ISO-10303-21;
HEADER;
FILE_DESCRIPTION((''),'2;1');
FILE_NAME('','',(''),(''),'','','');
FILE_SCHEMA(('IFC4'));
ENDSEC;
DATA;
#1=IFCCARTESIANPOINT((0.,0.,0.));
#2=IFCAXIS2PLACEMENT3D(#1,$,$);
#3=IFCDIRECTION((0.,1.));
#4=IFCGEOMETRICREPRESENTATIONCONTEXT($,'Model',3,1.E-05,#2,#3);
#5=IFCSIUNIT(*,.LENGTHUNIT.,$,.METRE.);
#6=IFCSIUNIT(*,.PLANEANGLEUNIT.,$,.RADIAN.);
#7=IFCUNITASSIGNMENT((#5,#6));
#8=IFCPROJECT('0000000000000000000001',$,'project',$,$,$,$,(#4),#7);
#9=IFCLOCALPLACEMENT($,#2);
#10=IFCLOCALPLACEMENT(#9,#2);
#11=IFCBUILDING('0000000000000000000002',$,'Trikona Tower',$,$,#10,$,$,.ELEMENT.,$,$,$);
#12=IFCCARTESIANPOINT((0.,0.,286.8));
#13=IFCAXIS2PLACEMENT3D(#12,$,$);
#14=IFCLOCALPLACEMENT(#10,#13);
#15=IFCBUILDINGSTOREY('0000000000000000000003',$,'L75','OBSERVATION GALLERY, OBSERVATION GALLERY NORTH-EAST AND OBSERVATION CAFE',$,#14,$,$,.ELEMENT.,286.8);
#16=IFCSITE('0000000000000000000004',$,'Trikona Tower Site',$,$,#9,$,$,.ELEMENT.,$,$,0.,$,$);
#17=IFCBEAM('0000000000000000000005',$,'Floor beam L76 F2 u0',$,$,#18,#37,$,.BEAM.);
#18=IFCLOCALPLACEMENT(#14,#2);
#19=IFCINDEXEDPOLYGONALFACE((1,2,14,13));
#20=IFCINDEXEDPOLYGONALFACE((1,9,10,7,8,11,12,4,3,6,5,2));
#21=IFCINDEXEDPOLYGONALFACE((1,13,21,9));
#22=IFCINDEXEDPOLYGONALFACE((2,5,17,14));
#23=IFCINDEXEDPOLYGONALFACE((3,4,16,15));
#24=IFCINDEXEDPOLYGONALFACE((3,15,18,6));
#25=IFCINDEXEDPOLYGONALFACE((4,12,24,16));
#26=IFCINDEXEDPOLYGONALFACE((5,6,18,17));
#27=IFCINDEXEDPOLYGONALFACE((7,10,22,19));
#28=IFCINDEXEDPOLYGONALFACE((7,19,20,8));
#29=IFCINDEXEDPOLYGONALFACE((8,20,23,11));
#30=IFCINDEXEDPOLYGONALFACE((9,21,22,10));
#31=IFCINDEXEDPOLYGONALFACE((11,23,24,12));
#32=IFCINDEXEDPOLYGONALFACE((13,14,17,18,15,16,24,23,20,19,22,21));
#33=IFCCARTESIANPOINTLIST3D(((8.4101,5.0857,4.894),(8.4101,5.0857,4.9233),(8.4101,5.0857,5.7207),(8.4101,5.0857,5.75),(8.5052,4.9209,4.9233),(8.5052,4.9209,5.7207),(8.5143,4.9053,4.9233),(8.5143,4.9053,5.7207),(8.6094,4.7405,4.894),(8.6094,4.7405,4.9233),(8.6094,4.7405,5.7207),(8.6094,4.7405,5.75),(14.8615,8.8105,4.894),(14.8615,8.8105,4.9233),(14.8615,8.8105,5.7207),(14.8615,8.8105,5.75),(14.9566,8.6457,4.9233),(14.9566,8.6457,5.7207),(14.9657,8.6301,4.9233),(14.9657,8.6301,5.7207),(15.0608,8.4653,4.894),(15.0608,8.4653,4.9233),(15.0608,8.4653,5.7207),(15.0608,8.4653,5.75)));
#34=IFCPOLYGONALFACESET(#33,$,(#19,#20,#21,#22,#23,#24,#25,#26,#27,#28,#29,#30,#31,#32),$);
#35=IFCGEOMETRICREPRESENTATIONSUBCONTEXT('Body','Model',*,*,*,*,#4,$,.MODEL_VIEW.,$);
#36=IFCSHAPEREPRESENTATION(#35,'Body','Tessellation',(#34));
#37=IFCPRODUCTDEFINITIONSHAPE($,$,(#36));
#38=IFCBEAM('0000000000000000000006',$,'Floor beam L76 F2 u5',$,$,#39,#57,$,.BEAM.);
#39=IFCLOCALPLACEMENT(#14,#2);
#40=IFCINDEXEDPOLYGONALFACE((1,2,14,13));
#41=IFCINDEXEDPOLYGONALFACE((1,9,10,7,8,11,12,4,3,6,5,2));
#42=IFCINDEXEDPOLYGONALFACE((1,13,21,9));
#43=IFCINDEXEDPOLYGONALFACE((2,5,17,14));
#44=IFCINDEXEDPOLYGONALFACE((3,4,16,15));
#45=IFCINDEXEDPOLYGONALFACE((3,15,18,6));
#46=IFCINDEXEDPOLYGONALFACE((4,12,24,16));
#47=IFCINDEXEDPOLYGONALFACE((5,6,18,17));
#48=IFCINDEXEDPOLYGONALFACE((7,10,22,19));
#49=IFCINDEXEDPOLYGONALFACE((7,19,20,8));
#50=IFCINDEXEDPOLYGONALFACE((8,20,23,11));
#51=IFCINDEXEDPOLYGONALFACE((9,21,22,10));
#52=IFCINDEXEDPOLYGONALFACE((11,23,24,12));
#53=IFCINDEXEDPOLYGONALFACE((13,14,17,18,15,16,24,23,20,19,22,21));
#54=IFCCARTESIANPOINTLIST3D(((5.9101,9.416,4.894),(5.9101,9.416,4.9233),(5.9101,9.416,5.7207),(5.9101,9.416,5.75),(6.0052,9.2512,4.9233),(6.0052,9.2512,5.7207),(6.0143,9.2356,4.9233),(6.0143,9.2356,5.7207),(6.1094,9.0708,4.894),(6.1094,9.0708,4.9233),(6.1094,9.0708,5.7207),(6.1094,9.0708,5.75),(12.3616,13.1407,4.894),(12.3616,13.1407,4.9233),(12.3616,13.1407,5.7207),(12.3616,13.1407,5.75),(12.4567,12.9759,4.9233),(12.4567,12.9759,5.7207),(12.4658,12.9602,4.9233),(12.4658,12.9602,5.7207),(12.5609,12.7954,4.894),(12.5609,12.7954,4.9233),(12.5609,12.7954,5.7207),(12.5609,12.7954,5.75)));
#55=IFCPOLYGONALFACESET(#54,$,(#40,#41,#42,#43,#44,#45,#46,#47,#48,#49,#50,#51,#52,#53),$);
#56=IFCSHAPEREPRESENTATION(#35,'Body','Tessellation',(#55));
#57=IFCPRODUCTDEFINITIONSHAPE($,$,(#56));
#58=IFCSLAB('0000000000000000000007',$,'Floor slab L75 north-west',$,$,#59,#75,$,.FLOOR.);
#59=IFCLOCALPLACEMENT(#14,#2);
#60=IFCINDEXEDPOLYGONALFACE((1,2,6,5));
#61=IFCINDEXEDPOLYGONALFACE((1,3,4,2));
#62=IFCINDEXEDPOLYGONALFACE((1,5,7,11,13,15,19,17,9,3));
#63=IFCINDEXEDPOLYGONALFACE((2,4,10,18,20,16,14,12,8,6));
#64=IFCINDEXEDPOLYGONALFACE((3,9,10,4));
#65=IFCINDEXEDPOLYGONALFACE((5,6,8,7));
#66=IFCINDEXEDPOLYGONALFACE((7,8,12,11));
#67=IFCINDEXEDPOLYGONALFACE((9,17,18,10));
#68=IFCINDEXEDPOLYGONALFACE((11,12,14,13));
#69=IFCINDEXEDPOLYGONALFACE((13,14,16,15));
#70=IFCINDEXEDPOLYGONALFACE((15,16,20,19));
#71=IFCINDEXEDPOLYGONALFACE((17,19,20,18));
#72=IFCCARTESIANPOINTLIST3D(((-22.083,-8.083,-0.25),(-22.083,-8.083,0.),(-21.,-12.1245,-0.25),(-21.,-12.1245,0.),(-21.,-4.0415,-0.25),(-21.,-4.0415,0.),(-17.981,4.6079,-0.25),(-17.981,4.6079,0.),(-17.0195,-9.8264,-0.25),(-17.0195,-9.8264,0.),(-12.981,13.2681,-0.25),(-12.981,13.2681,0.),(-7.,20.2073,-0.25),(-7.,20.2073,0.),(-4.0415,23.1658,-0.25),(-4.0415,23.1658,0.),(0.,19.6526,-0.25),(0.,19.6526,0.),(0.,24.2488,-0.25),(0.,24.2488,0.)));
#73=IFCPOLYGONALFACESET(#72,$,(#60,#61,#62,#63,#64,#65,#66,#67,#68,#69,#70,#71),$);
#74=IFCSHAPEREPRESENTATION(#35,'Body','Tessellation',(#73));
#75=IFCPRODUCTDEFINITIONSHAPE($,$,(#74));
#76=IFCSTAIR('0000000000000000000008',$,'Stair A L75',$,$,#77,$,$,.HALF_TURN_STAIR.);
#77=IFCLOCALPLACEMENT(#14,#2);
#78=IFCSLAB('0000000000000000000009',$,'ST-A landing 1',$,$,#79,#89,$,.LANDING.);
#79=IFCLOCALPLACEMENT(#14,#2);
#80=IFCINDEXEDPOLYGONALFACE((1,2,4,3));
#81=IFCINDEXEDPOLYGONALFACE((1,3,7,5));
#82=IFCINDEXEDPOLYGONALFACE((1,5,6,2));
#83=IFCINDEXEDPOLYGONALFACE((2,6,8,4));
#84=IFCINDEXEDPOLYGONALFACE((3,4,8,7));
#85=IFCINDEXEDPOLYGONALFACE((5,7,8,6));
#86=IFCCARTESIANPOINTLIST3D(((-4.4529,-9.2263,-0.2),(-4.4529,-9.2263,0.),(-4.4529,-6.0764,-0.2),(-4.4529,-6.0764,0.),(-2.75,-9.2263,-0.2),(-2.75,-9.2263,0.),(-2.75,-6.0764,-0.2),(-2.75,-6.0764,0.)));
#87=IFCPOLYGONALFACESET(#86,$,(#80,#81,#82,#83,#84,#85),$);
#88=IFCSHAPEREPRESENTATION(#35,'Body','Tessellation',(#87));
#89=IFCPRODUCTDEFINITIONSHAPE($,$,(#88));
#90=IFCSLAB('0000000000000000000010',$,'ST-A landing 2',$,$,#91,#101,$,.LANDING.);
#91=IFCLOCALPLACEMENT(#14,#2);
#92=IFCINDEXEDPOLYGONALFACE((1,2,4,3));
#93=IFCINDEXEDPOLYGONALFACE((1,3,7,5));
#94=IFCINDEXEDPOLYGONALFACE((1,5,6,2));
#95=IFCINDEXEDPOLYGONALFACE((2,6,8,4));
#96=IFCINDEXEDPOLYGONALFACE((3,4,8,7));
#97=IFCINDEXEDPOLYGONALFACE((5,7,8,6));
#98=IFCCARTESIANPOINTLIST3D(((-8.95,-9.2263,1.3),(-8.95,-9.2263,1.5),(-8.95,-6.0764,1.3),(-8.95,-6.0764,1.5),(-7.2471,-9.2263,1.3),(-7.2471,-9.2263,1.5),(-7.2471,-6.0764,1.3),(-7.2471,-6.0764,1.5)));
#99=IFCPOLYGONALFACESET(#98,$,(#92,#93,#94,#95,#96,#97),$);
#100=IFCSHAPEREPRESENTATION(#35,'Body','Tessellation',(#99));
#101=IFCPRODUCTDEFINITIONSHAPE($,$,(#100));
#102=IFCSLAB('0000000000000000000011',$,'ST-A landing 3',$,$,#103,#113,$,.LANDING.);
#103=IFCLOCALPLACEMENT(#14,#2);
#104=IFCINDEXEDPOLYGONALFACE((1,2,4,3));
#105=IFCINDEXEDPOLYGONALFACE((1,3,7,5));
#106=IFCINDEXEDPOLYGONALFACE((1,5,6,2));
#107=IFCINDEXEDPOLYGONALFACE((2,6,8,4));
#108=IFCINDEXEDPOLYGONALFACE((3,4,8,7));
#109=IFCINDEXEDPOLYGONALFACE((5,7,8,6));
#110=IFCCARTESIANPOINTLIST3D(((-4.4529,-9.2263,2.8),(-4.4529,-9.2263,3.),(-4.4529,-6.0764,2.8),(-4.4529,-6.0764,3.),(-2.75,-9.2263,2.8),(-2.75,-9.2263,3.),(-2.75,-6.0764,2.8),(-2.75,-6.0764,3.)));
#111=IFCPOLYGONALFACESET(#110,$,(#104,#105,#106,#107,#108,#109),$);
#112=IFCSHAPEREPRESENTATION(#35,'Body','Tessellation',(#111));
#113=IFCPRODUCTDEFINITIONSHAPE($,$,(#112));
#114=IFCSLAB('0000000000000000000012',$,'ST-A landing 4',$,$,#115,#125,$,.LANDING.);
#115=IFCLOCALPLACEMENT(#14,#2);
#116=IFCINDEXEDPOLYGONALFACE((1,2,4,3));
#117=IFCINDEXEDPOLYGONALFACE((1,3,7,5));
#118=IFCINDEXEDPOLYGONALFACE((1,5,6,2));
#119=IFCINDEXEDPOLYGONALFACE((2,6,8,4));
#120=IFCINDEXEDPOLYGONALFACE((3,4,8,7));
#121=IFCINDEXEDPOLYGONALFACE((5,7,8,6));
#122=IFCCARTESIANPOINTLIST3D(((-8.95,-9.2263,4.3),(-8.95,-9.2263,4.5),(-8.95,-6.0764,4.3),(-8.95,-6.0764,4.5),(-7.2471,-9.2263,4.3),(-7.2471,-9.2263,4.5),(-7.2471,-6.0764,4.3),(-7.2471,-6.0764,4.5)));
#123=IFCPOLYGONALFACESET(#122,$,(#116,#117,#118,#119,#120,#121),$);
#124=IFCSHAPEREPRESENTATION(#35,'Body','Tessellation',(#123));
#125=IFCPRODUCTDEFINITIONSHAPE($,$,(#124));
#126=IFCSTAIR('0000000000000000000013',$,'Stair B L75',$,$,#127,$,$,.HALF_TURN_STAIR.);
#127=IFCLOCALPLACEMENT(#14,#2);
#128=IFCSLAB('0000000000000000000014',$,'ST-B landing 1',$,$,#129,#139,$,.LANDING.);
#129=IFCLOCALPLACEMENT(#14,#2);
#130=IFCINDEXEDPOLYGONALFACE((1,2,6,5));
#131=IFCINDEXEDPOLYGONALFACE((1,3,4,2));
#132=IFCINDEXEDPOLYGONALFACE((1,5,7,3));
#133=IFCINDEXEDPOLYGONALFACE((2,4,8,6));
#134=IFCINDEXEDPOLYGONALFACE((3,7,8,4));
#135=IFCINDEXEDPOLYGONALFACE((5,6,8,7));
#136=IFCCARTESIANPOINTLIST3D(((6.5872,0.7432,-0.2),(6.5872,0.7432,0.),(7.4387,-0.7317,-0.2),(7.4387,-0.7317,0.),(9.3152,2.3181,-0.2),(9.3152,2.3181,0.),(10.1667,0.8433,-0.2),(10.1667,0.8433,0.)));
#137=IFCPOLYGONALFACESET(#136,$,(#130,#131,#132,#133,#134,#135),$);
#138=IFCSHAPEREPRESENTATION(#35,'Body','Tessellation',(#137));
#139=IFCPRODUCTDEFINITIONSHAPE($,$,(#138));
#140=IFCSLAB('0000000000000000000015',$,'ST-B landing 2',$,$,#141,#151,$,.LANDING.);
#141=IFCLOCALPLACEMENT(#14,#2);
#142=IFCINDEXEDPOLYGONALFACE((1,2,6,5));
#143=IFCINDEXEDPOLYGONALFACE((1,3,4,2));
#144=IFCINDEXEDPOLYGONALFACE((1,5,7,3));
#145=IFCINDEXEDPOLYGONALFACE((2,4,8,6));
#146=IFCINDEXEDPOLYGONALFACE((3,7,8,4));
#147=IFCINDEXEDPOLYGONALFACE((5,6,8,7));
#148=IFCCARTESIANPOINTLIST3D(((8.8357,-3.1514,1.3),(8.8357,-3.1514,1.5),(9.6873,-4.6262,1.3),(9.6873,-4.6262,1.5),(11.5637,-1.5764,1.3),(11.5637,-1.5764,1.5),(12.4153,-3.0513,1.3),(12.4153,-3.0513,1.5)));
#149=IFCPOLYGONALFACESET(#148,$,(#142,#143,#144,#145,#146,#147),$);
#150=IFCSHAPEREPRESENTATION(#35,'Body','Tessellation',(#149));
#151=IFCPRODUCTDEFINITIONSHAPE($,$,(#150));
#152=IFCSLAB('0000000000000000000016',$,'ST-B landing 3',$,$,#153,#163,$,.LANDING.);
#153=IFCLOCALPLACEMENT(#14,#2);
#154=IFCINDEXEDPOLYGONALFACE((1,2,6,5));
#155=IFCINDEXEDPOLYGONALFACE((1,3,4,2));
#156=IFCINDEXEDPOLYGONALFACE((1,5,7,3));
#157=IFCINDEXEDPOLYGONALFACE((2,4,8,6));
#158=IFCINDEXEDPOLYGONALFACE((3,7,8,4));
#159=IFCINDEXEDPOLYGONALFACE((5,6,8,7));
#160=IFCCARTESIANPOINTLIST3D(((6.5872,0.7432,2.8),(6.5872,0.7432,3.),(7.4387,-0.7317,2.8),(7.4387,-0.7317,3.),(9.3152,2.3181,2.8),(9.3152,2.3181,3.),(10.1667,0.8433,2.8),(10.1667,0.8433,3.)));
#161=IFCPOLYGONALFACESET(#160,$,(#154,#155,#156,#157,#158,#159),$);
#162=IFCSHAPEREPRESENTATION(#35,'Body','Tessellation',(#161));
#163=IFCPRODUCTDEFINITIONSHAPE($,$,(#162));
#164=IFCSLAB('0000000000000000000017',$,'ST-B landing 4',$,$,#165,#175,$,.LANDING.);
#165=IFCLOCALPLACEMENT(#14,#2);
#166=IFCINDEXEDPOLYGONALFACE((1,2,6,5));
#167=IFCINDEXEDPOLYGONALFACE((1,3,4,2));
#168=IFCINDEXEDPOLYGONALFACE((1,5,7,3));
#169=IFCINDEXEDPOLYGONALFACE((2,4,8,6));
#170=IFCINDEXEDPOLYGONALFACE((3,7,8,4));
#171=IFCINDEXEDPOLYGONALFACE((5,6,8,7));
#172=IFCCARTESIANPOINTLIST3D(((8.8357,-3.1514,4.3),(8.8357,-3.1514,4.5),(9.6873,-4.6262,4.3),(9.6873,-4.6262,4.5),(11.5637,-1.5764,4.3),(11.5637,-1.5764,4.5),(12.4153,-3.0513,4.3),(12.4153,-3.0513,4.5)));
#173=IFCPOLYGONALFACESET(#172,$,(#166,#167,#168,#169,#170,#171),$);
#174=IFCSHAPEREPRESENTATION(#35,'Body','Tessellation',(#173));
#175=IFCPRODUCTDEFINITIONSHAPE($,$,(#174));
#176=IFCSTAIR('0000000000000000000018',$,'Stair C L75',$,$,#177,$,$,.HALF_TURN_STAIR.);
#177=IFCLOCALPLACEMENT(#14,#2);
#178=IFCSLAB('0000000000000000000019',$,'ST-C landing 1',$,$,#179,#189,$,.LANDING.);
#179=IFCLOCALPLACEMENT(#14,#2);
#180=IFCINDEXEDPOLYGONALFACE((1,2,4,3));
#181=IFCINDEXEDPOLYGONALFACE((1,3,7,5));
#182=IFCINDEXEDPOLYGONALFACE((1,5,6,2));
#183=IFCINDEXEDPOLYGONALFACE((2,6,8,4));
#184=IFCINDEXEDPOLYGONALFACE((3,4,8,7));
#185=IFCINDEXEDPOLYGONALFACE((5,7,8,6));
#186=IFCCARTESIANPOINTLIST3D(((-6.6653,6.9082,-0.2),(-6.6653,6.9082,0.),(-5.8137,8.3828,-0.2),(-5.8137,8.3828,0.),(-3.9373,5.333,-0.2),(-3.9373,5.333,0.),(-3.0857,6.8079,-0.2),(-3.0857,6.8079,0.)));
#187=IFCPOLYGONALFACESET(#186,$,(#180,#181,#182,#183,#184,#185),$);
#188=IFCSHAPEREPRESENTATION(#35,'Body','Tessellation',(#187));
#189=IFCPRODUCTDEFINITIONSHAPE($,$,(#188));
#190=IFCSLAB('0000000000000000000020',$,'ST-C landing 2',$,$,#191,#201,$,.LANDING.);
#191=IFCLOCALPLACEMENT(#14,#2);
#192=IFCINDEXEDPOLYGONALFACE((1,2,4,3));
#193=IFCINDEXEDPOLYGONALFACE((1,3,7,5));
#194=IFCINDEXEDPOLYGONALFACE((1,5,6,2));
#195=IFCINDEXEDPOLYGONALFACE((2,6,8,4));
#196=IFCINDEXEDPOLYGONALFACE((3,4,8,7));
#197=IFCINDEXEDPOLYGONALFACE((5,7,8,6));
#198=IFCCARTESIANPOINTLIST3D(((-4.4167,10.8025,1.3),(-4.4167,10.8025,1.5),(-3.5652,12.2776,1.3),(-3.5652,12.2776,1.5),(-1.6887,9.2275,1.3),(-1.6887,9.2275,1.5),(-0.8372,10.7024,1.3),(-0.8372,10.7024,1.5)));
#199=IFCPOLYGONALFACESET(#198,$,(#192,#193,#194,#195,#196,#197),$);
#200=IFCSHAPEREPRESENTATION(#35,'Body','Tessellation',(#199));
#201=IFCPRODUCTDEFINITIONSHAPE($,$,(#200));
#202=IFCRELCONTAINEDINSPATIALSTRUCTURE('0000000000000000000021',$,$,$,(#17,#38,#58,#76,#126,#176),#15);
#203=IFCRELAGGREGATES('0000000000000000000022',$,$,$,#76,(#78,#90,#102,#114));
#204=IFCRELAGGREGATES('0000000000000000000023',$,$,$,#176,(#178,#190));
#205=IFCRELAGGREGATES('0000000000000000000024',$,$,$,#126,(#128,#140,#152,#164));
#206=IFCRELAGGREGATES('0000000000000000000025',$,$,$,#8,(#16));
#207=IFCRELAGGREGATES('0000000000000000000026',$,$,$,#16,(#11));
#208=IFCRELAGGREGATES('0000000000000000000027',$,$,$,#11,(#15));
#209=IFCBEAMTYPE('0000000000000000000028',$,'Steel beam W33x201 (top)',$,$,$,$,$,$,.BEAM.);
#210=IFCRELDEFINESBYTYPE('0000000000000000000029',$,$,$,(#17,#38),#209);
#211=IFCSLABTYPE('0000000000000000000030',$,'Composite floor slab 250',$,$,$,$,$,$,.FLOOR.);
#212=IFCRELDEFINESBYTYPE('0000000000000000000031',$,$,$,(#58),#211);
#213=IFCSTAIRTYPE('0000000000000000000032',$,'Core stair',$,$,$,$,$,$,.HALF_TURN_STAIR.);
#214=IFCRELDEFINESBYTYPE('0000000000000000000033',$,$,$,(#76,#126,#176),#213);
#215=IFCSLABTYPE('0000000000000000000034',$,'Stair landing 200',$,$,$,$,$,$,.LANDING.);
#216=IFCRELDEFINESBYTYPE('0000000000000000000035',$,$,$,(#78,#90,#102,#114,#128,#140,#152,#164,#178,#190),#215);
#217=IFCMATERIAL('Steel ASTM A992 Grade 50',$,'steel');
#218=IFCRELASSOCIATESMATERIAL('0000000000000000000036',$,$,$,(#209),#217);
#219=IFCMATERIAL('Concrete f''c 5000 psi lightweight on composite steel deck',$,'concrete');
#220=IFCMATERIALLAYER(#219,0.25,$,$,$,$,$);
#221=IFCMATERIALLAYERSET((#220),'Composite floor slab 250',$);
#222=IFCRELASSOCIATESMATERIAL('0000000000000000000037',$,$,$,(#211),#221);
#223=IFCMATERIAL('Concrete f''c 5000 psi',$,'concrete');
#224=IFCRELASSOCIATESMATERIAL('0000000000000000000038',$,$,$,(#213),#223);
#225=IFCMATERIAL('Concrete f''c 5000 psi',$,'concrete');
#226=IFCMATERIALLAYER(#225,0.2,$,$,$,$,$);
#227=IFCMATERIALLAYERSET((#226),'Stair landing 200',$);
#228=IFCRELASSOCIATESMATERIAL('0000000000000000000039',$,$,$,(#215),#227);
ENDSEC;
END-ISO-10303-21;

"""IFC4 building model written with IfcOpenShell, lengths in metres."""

from ifc_helpers import new_model, si_unit, direction, frame, origin, origin_2d, place, context, subcontext, project, spatial, polyline, i_section, outline, extrude, material, layer, layer_set, material_profile, profile_set, type_object, element, aggregate, save


model = new_model("IFC4")

# Units and contexts
model_context = context("Model", 3, precision=1e-05, world=origin(), true_north=direction((0.0, 1.0)))
body_context = subcontext(model_context, "Body", "Model", "MODEL_VIEW")
ifc_project = project(units=[si_unit("LENGTHUNIT", "METRE"), si_unit("PLANEANGLEUNIT", "RADIAN")], contexts=[model_context])

# Site, building, storey
site_placement = place(None, origin())
site = spatial("IfcSite", under=ifc_project, at=site_placement, Name="Trikona Tower Site", CompositionType="ELEMENT", RefElevation=0.0)
building_placement = place(site_placement, origin())
building = spatial("IfcBuilding", under=site, at=building_placement, Name="Trikona Tower", CompositionType="ELEMENT")
storey_placement = place(building_placement, frame((0.0, 0.0, 286.8)))
storey = spatial("IfcBuildingStorey", under=building, at=storey_placement, Name="L75", Description="OBSERVATION GALLERY, OBSERVATION GALLERY NORTH-EAST AND OBSERVATION CAFE", CompositionType="ELEMENT", Elevation=286.8)

# Beams
ifc_material_1 = material(Name="Steel ASTM A992 Grade 50", Category="steel")
ifc_material_profile = material_profile(ifc_material_1, i_section(OverallWidth=0.3987, OverallDepth=0.856, WebThickness=0.0181, FlangeThickness=0.0293, at=origin_2d()), Name="W33X201")
ifc_profile_set = profile_set([ifc_material_profile], Name="Steel ASTM A992 Grade 50")
beam_type = type_object("IfcBeamType", Name="Steel beam W33x201 (top)", PredefinedType="BEAM", material=ifc_profile_set)
for number, where, z_axis, x_axis, name in (
    (1, (8.5098, 4.9131, 5.322), (0.866018, 0.500013, 0.0), (-0.500013, 0.866018, 0.0), "Floor beam L76 F2 u0"),
    (2, (6.0098, 9.2434, 5.322), (0.866032, 0.499988, 0.0), (-0.499988, 0.866032, 0.0), "Floor beam L76 F2 u5"),
):
    element("IfcBeam", number, at=place(storey_placement, frame(where, z_axis=z_axis, x_axis=x_axis)), inside=storey, type_object=beam_type, Name=name, PredefinedType="BEAM", context=body_context, shape_type="SweptSolid", body=[
        extrude(i_section(OverallWidth=0.3987, OverallDepth=0.856, WebThickness=0.0181, FlangeThickness=0.0293, at=origin_2d()), origin(), (0.0, 0.0, 1.0), 7.4495),
    ])

# Slab
ifc_material_2 = material(Name="Concrete f'c 5000 psi lightweight on composite steel deck", Category="concrete")
ifc_layer_1 = layer(ifc_material_2, 0.25)
ifc_layer_set_1 = layer_set([ifc_layer_1], Name="Composite floor slab 250")
slab_type_1 = type_object("IfcSlabType", Name="Composite floor slab 250", PredefinedType="FLOOR", material=ifc_layer_set_1)
slab_1_placement = place(storey_placement, frame((0.0, 0.0, -0.25)))
element("IfcSlab", 3, at=slab_1_placement, inside=storey, type_object=slab_type_1, Name="Floor slab L75 north-west", PredefinedType="FLOOR", context=body_context, shape_type="SweptSolid", body=[
    extrude(outline(polyline([(0.0, 19.6526), (0.0, 24.2488), (-4.0415, 23.1658), (-7.0, 20.2073), (-12.981, 13.2681), (-17.981, 4.6079), (-21.0, -4.0415), (-22.083, -8.083), (-21.0, -12.1245), (-17.0195, -9.8264), (0.0, 19.6526)])), origin(), (0.0, 0.0, 1.0), 0.25),
])

# Stairs, slabs
ifc_material_3 = material(Name="Concrete f'c 5000 psi", Category="concrete")
stair_type = type_object("IfcStairType", Name="Core stair", PredefinedType="HALF_TURN_STAIR", material=ifc_material_3)
stair_1_placement = place(storey_placement, origin())
stair_1 = element("IfcStair", 4, at=stair_1_placement, inside=storey, type_object=stair_type, Name="Stair A L75", PredefinedType="HALF_TURN_STAIR")
ifc_material_4 = material(Name="Concrete f'c 5000 psi", Category="concrete")
ifc_layer_2 = layer(ifc_material_4, 0.2)
ifc_layer_set_2 = layer_set([ifc_layer_2], Name="Stair landing 200")
slab_type_2 = type_object("IfcSlabType", Name="Stair landing 200", PredefinedType="LANDING", material=ifc_layer_set_2)
slab_2_placement = place(storey_placement, frame((0.0, 0.0, -0.2)))
slab_2 = element("IfcSlab", 5, at=slab_2_placement, type_object=slab_type_2, Name="ST-A landing 1", PredefinedType="LANDING", context=body_context, shape_type="SweptSolid", body=[
    extrude(outline(polyline([(-4.4529, -6.0764), (-2.75, -6.0764), (-2.75, -9.2263), (-4.4529, -9.2263), (-4.4529, -6.0764)])), origin(), (0.0, 0.0, 1.0), 0.2),
])
slab_3_placement = place(storey_placement, frame((0.0, 0.0, 1.3)))
slab_3 = element("IfcSlab", 6, at=slab_3_placement, type_object=slab_type_2, Name="ST-A landing 2", PredefinedType="LANDING", context=body_context, shape_type="SweptSolid", body=[
    extrude(outline(polyline([(-8.95, -6.0764), (-7.2471, -6.0764), (-7.2471, -9.2263), (-8.95, -9.2263), (-8.95, -6.0764)])), origin(), (0.0, 0.0, 1.0), 0.2),
])
slab_4_placement = place(storey_placement, frame((0.0, 0.0, 2.8)))
slab_4 = element("IfcSlab", 7, at=slab_4_placement, type_object=slab_type_2, Name="ST-A landing 3", PredefinedType="LANDING", context=body_context, shape_type="SweptSolid", body=[
    extrude(outline(polyline([(-4.4529, -6.0764), (-2.75, -6.0764), (-2.75, -9.2263), (-4.4529, -9.2263), (-4.4529, -6.0764)])), origin(), (0.0, 0.0, 1.0), 0.2),
])
slab_5_placement = place(storey_placement, frame((0.0, 0.0, 4.3)))
slab_5 = element("IfcSlab", 8, at=slab_5_placement, type_object=slab_type_2, Name="ST-A landing 4", PredefinedType="LANDING", context=body_context, shape_type="SweptSolid", body=[
    extrude(outline(polyline([(-8.95, -6.0764), (-7.2471, -6.0764), (-7.2471, -9.2263), (-8.95, -9.2263), (-8.95, -6.0764)])), origin(), (0.0, 0.0, 1.0), 0.2),
])
aggregate(stair_1, [slab_2, slab_3, slab_4, slab_5])
stair_2_placement = place(storey_placement, origin())
stair_2 = element("IfcStair", 9, at=stair_2_placement, inside=storey, type_object=stair_type, Name="Stair B L75", PredefinedType="HALF_TURN_STAIR")
slab_6_placement = place(storey_placement, frame((0.0, 0.0, -0.2)))
slab_6 = element("IfcSlab", 10, at=slab_6_placement, type_object=slab_type_2, Name="ST-B landing 1", PredefinedType="LANDING", context=body_context, shape_type="SweptSolid", body=[
    extrude(outline(polyline([(7.4387, -0.7317), (6.5872, 0.7432), (9.3152, 2.3181), (10.1667, 0.8433), (7.4387, -0.7317)])), origin(), (0.0, 0.0, 1.0), 0.2),
])
slab_7_placement = place(storey_placement, frame((0.0, 0.0, 1.3)))
slab_7 = element("IfcSlab", 11, at=slab_7_placement, type_object=slab_type_2, Name="ST-B landing 2", PredefinedType="LANDING", context=body_context, shape_type="SweptSolid", body=[
    extrude(outline(polyline([(9.6873, -4.6262), (8.8357, -3.1514), (11.5637, -1.5764), (12.4153, -3.0513), (9.6873, -4.6262)])), origin(), (0.0, 0.0, 1.0), 0.2),
])
slab_8_placement = place(storey_placement, frame((0.0, 0.0, 2.8)))
slab_8 = element("IfcSlab", 12, at=slab_8_placement, type_object=slab_type_2, Name="ST-B landing 3", PredefinedType="LANDING", context=body_context, shape_type="SweptSolid", body=[
    extrude(outline(polyline([(7.4387, -0.7317), (6.5872, 0.7432), (9.3152, 2.3181), (10.1667, 0.8433), (7.4387, -0.7317)])), origin(), (0.0, 0.0, 1.0), 0.2),
])
slab_9_placement = place(storey_placement, frame((0.0, 0.0, 4.3)))
slab_9 = element("IfcSlab", 13, at=slab_9_placement, type_object=slab_type_2, Name="ST-B landing 4", PredefinedType="LANDING", context=body_context, shape_type="SweptSolid", body=[
    extrude(outline(polyline([(9.6873, -4.6262), (8.8357, -3.1514), (11.5637, -1.5764), (12.4153, -3.0513), (9.6873, -4.6262)])), origin(), (0.0, 0.0, 1.0), 0.2),
])
stair_3_placement = place(storey_placement, origin())
stair_3 = element("IfcStair", 14, at=stair_3_placement, inside=storey, type_object=stair_type, Name="Stair C L75", PredefinedType="HALF_TURN_STAIR")
slab_10_placement = place(storey_placement, frame((0.0, 0.0, -0.2)))
slab_10 = element("IfcSlab", 15, at=slab_10_placement, type_object=slab_type_2, Name="ST-C landing 1", PredefinedType="LANDING", context=body_context, shape_type="SweptSolid", body=[
    extrude(outline(polyline([(-3.0857, 6.8079), (-3.9373, 5.333), (-6.6653, 6.9082), (-5.8137, 8.3828), (-3.0857, 6.8079)])), origin(), (0.0, 0.0, 1.0), 0.2),
])
slab_11_placement = place(storey_placement, frame((0.0, 0.0, 1.3)))
slab_11 = element("IfcSlab", 16, at=slab_11_placement, type_object=slab_type_2, Name="ST-C landing 2", PredefinedType="LANDING", context=body_context, shape_type="SweptSolid", body=[
    extrude(outline(polyline([(-0.8372, 10.7024), (-1.6887, 9.2275), (-4.4167, 10.8025), (-3.5652, 12.2776), (-0.8372, 10.7024)])), origin(), (0.0, 0.0, 1.0), 0.2),
])
aggregate(stair_3, [slab_10, slab_11])

aggregate(stair_2, [slab_6, slab_7, slab_8, slab_9])

save(model, "model.ifc")
